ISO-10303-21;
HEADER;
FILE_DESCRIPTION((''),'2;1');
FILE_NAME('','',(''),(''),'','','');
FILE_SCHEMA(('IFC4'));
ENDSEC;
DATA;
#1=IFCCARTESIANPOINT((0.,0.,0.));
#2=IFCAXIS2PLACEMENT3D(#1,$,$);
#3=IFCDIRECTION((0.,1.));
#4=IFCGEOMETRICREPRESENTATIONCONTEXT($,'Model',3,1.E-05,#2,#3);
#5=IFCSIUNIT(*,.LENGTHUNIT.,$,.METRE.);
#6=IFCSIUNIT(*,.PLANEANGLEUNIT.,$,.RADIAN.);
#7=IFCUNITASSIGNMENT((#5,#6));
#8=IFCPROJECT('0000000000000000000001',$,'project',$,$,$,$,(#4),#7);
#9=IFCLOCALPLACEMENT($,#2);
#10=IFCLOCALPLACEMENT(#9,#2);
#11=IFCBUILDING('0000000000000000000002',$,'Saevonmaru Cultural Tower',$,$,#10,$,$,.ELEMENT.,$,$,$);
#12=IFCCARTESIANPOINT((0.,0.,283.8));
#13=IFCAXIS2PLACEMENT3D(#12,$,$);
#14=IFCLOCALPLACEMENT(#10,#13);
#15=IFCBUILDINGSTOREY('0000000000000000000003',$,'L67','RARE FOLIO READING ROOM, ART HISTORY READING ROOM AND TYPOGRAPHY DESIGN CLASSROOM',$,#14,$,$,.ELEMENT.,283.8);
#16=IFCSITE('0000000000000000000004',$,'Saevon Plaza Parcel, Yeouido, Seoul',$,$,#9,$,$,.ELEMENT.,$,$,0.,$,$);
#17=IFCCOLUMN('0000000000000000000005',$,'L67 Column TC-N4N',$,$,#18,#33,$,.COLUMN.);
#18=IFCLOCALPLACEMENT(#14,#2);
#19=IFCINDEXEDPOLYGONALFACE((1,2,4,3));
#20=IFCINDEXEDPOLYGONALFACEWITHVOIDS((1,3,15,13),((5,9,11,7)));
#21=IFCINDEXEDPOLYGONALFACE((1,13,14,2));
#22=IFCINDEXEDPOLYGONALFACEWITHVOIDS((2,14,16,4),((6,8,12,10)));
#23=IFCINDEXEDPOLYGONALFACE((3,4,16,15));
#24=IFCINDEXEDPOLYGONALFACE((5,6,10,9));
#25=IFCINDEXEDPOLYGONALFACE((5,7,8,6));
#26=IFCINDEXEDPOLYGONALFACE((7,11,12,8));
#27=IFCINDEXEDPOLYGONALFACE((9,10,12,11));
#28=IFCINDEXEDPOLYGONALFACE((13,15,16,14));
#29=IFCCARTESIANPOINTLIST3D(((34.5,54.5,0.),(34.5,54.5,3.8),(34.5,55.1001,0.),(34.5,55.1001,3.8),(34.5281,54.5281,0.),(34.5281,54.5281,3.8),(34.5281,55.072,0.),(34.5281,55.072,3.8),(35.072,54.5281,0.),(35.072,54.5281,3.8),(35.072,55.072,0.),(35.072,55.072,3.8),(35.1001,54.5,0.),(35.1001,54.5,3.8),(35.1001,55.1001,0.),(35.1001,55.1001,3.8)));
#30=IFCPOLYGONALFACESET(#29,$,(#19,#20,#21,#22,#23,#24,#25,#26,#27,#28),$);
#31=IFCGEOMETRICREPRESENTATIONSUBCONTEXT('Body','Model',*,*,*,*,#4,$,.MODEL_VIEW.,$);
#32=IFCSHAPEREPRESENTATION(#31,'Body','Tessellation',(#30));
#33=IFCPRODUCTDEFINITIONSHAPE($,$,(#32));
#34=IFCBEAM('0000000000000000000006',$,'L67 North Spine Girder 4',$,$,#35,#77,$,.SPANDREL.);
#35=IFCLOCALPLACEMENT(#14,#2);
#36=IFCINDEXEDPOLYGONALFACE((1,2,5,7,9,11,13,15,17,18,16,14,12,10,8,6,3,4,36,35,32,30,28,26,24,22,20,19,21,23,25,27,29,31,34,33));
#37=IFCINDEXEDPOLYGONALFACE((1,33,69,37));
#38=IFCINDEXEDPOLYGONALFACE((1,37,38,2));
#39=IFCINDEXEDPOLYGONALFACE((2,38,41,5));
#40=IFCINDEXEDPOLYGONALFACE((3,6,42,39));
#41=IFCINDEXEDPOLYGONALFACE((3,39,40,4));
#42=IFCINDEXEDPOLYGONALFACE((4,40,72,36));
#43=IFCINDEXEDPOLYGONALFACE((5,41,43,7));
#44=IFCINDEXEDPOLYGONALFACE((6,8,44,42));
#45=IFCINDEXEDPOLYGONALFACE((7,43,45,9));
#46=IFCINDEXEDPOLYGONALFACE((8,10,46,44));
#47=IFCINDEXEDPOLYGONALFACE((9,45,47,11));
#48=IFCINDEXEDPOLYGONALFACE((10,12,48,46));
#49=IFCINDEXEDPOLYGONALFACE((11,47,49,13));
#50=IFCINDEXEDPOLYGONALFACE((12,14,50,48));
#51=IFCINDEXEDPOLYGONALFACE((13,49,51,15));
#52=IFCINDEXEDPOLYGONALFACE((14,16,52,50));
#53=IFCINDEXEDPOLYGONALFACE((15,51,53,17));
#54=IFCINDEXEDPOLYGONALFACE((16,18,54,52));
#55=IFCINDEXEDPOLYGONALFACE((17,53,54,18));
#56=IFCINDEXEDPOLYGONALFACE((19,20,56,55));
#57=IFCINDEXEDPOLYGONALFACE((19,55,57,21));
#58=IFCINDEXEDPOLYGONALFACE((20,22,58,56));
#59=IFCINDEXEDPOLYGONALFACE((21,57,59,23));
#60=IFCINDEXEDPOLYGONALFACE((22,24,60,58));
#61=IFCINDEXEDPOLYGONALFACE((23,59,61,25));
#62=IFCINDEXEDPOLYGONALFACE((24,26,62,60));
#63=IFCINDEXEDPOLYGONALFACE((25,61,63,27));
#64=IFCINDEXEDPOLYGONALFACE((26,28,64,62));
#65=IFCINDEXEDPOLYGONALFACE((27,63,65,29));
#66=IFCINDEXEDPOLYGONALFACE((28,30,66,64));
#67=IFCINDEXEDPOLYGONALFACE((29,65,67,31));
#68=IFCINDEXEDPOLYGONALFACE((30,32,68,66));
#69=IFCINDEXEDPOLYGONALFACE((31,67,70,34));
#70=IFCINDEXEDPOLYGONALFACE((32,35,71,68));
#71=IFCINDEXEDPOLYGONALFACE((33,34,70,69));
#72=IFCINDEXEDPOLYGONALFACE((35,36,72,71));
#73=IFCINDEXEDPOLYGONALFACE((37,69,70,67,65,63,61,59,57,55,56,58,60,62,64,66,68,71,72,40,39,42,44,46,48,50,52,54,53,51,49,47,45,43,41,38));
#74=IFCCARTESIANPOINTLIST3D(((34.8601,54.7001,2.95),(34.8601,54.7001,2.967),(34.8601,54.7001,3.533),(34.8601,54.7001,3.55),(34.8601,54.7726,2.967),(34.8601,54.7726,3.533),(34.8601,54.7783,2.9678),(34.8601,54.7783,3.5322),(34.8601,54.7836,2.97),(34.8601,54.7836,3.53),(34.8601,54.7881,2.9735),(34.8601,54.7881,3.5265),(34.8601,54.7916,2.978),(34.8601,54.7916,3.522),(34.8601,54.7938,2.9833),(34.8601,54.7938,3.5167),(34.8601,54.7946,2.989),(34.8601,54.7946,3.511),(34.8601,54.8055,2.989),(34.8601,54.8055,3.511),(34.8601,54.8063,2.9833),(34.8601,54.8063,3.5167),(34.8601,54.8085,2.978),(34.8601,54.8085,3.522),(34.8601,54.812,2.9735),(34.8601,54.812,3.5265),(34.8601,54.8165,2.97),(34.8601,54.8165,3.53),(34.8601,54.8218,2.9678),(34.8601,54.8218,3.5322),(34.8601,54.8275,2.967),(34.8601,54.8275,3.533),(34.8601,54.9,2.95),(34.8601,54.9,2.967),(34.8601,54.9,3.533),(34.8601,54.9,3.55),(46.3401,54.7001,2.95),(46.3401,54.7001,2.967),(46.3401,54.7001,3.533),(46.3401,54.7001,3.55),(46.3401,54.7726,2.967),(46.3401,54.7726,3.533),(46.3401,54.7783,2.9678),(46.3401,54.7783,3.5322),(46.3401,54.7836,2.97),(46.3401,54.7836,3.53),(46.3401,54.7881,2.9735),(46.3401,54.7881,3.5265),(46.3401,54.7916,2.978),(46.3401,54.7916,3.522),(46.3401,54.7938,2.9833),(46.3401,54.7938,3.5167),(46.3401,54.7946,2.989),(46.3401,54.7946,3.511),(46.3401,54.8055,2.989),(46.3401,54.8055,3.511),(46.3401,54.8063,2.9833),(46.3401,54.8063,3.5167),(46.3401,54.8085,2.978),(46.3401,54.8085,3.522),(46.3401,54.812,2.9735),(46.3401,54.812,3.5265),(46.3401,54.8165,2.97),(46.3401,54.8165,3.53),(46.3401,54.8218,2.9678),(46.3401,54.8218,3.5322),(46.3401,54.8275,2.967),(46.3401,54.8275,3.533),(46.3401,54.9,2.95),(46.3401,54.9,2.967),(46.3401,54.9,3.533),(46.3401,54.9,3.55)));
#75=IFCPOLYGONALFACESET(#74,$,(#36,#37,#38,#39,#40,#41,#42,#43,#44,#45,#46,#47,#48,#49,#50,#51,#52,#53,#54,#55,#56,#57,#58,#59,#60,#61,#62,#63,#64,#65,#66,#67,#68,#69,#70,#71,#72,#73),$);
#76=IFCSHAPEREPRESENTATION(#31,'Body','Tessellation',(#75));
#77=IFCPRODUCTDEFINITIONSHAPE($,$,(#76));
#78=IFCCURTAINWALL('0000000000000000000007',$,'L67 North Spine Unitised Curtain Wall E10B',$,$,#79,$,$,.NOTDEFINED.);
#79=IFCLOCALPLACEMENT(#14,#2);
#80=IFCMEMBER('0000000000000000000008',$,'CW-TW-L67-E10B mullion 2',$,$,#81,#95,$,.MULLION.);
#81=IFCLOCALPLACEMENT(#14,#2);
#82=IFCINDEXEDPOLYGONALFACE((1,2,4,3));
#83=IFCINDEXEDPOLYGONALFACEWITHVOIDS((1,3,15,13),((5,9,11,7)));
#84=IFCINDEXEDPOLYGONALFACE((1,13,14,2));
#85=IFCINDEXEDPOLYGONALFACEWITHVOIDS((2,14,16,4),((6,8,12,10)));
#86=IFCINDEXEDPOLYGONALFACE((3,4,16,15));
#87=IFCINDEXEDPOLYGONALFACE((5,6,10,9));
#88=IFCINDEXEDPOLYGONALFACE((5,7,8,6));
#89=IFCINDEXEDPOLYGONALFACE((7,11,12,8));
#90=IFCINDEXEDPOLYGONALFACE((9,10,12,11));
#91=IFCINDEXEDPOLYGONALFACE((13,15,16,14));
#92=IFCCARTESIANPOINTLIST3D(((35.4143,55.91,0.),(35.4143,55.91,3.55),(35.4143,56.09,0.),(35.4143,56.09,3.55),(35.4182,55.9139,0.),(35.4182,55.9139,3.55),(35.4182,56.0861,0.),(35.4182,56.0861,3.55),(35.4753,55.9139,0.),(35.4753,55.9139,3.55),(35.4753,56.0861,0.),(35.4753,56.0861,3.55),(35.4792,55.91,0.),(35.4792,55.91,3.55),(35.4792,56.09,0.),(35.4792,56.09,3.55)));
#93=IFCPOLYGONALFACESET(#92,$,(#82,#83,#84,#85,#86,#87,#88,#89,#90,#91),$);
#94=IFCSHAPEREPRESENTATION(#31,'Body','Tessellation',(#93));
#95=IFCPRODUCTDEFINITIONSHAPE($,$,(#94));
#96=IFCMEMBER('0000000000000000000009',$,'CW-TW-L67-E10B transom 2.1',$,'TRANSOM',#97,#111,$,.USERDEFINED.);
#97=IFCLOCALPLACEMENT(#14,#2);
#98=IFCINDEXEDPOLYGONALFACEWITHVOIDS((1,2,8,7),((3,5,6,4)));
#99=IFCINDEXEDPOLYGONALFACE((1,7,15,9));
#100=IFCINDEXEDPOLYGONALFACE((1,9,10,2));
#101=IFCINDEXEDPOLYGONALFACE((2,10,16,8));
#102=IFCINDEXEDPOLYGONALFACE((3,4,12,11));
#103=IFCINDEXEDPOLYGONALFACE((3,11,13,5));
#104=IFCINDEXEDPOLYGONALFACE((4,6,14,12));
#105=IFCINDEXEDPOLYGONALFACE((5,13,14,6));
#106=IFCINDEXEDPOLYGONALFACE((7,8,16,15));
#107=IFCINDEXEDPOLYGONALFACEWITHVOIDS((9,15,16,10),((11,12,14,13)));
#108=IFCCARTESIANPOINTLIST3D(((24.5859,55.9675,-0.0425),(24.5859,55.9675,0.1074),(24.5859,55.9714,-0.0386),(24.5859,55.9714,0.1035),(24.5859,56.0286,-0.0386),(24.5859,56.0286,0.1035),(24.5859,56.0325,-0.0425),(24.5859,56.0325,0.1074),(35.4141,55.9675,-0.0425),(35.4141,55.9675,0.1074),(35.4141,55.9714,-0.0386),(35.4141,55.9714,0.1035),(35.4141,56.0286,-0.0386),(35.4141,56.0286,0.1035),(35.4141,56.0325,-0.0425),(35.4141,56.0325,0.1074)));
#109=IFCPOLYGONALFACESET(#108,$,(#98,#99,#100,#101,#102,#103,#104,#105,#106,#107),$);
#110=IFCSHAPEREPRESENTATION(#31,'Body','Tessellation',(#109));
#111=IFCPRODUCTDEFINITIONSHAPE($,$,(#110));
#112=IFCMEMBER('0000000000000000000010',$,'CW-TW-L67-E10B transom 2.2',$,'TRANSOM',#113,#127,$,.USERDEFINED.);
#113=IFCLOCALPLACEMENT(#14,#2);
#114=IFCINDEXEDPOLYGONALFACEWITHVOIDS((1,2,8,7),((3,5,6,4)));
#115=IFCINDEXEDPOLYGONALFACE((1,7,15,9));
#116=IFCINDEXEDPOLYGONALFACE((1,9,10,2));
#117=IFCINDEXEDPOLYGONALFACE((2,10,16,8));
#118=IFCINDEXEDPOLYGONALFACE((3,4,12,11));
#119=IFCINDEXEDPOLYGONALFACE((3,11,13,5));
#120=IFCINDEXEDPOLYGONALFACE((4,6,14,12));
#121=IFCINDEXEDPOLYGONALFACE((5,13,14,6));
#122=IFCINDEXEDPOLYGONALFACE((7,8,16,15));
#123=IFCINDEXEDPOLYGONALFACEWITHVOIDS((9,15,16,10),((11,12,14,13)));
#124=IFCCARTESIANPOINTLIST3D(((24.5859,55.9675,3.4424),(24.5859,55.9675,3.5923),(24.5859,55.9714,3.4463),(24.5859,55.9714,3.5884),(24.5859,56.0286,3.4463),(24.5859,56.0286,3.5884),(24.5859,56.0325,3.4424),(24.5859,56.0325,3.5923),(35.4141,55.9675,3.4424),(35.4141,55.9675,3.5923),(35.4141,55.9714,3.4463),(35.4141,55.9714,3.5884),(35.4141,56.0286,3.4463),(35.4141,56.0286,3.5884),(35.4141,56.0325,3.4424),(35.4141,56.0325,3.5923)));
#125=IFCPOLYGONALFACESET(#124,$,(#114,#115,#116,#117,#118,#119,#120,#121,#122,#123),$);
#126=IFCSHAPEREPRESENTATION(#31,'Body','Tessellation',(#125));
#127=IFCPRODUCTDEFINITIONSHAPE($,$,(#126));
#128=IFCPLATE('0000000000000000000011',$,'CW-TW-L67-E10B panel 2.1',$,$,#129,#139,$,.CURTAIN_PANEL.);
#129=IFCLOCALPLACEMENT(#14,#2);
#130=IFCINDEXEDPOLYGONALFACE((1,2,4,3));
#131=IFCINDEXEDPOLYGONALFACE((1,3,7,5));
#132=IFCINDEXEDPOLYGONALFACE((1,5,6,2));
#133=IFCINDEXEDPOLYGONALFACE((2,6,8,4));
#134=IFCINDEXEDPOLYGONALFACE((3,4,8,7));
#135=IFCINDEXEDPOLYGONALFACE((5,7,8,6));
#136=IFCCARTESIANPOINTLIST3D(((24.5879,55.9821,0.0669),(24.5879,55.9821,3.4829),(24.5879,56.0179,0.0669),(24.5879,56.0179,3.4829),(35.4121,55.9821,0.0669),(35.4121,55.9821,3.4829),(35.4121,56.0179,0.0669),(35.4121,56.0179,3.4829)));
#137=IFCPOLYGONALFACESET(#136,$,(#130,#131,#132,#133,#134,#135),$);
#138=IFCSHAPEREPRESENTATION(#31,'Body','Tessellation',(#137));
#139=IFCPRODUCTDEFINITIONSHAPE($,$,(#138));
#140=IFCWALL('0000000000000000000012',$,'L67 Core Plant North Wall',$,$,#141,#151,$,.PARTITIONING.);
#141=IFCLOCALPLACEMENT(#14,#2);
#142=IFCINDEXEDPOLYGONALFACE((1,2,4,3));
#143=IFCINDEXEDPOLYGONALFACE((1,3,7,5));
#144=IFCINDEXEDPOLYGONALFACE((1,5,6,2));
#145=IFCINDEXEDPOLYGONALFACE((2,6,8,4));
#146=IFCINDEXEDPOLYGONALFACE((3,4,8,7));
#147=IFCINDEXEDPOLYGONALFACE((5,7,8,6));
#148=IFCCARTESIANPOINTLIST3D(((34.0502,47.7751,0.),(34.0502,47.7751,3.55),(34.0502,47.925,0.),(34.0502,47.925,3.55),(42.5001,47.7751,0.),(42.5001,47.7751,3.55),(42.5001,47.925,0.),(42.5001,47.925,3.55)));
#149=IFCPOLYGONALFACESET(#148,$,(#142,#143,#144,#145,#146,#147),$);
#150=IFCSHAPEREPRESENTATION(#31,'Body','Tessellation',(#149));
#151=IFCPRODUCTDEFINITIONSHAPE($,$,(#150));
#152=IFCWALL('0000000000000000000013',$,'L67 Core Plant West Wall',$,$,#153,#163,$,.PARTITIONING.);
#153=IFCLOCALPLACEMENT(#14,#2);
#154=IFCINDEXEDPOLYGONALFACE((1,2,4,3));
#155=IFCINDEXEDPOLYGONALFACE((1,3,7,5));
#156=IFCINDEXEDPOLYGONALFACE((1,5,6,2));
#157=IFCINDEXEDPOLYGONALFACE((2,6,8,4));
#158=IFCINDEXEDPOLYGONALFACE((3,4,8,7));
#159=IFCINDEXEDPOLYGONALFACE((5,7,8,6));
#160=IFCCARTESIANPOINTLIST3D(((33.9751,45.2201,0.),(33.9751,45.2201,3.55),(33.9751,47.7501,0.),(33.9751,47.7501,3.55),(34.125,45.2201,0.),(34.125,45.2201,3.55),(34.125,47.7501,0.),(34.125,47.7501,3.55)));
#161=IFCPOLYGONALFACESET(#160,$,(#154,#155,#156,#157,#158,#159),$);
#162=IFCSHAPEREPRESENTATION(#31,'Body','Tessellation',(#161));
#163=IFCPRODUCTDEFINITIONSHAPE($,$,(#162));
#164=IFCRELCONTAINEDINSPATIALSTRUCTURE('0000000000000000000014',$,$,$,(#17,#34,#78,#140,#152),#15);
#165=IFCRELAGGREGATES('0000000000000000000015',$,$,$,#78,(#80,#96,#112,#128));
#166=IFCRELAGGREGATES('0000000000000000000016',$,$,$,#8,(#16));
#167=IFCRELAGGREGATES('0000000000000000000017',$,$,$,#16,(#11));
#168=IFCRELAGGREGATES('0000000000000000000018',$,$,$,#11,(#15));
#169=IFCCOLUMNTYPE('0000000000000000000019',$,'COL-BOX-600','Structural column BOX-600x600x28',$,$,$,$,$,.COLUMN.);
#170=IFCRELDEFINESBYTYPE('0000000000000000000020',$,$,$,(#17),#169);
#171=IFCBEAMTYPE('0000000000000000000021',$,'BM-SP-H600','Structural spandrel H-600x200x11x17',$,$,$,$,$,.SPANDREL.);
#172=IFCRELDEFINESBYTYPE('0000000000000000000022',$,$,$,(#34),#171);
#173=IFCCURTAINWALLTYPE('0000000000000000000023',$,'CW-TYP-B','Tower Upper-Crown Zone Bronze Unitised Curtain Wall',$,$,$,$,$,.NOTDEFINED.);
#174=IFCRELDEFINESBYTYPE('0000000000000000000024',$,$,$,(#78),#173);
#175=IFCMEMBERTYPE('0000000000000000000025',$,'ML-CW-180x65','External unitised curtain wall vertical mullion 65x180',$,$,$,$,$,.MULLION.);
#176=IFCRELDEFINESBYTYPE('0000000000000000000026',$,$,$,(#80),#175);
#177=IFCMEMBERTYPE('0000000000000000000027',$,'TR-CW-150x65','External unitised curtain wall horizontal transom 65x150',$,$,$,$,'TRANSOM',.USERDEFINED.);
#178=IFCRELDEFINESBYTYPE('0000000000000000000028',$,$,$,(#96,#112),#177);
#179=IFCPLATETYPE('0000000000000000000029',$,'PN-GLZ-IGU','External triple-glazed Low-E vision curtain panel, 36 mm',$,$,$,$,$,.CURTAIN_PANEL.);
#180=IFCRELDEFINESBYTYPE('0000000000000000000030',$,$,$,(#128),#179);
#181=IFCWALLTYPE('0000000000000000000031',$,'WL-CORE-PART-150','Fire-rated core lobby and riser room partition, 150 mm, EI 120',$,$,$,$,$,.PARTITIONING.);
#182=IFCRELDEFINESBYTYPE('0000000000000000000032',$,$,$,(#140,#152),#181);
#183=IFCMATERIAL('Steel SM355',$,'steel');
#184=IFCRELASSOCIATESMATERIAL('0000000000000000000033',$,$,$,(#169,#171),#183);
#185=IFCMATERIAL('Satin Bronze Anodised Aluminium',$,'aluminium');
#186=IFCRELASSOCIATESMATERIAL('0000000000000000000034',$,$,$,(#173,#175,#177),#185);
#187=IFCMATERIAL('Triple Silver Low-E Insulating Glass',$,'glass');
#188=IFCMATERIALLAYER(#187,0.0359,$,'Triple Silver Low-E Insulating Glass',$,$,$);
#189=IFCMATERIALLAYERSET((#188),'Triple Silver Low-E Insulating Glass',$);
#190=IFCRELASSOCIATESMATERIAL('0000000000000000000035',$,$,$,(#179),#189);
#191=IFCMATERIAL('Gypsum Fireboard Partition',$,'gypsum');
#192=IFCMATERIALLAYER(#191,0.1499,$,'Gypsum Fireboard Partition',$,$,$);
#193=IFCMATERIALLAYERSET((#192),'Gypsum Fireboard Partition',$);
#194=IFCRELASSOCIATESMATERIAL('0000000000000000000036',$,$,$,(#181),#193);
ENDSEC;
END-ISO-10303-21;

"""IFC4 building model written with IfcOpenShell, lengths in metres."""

from ifc_helpers import new_model, si_unit, direction, frame, frame_2d, origin, origin_2d, place, context, subcontext, project, spatial, rectangle, hollow_rectangle, i_section, extrude, material, layer, layer_set, material_profile, profile_set, type_object, element, aggregate, save


model = new_model("IFC4")

# Units and contexts
model_context = context("Model", 3, precision=1e-05, world=origin(), true_north=direction((0.0, 1.0)))
body_context = subcontext(model_context, "Body", "Model", "MODEL_VIEW")
ifc_project = project(units=[si_unit("LENGTHUNIT", "METRE"), si_unit("PLANEANGLEUNIT", "RADIAN")], contexts=[model_context])

# Site, building, storey
site_placement = place(None, origin())
site = spatial("IfcSite", under=ifc_project, at=site_placement, Name="Saevon Plaza Parcel, Yeouido, Seoul", CompositionType="ELEMENT", RefElevation=0.0)
building_placement = place(site_placement, origin())
building = spatial("IfcBuilding", under=site, at=building_placement, Name="Saevonmaru Cultural Tower", CompositionType="ELEMENT")
storey_placement = place(building_placement, frame((0.0, 0.0, 283.8)))
storey = spatial("IfcBuildingStorey", under=building, at=storey_placement, Name="L67", Description="RARE FOLIO READING ROOM, ART HISTORY READING ROOM AND TYPOGRAPHY DESIGN CLASSROOM", CompositionType="ELEMENT", Elevation=283.8)

# Column
ifc_material_1 = material(Name="Steel SM355", Category="steel")
ifc_material_profile_1 = material_profile(ifc_material_1, hollow_rectangle(XDim=0.6001, YDim=0.6001, WallThickness=0.0281, at=origin_2d()), Name="BOX-600x600x28")
ifc_profile_set_1 = profile_set([ifc_material_profile_1], Name="Steel SM355")
column_type = type_object("IfcColumnType", Name="COL-BOX-600", Description="Structural column BOX-600x600x28", PredefinedType="COLUMN", material=ifc_profile_set_1)
column_placement = place(storey_placement, frame((34.8, 54.8, 0.0), z_axis=(0.0, 0.0, 1.0), x_axis=(1.0, 0.0, 0.0)))
element("IfcColumn", 1, at=column_placement, inside=storey, type_object=column_type, Name="L67 Column TC-N4N", PredefinedType="COLUMN", context=body_context, shape_type="SweptSolid", body=[
    extrude(hollow_rectangle(XDim=0.6001, YDim=0.6001, WallThickness=0.0281, at=origin_2d()), origin(), (0.0, 0.0, 1.0), 3.8),
])

# Beam
ifc_material_profile_2 = material_profile(ifc_material_1, i_section(OverallWidth=0.2, OverallDepth=0.6001, WebThickness=0.011, FlangeThickness=0.0171, FilletRadius=0.022, at=origin_2d()), Name="H-600x200x11x17")
ifc_profile_set_2 = profile_set([ifc_material_profile_2], Name="Steel SM355")
beam_type = type_object("IfcBeamType", Name="BM-SP-H600", Description="Structural spandrel H-600x200x11x17", PredefinedType="SPANDREL", material=ifc_profile_set_2)
beam_placement = place(storey_placement, frame((34.8601, 54.8, 3.25), z_axis=(1.0, 0.0, 0.0), x_axis=(0.0, 1.0, 0.0)))
element("IfcBeam", 2, at=beam_placement, inside=storey, type_object=beam_type, Name="L67 North Spine Girder 4", PredefinedType="SPANDREL", context=body_context, shape_type="SweptSolid", body=[
    extrude(i_section(OverallWidth=0.2, OverallDepth=0.6001, WebThickness=0.011, FlangeThickness=0.0171, FilletRadius=0.022, at=origin_2d()), origin(), (0.0, 0.0, 1.0), 11.48),
])

# Curtain wall, members, plate
ifc_material_2 = material(Name="Satin Bronze Anodised Aluminium", Category="aluminium")
curtain_wall_type = type_object("IfcCurtainWallType", Name="CW-TYP-B", Description="Tower Upper-Crown Zone Bronze Unitised Curtain Wall", PredefinedType="NOTDEFINED", material=ifc_material_2)
curtain_wall_placement = place(storey_placement, origin())
curtain_wall = element("IfcCurtainWall", 3, at=curtain_wall_placement, inside=storey, type_object=curtain_wall_type, Name="L67 North Spine Unitised Curtain Wall E10B", PredefinedType="NOTDEFINED")
ifc_material_profile_3 = material_profile(ifc_material_2, hollow_rectangle(XDim=0.0649, YDim=0.1799, WallThickness=0.0039, at=origin_2d()), Name="ALU-MULL-180x65x4")
ifc_profile_set_3 = profile_set([ifc_material_profile_3], Name="Satin Bronze Anodised Aluminium")
member_type_1 = type_object("IfcMemberType", Name="ML-CW-180x65", Description="External unitised curtain wall vertical mullion 65x180", PredefinedType="MULLION", material=ifc_profile_set_3)
member_1_placement = place(storey_placement, frame((35.4468, 56.0, 0.0), z_axis=(0.0, 0.0, 1.0), x_axis=(-1.0, 0.0, 0.0)))
member_1 = element("IfcMember", 4, at=member_1_placement, type_object=member_type_1, Name="CW-TW-L67-E10B mullion 2", PredefinedType="MULLION", context=body_context, shape_type="SweptSolid", body=[
    extrude(hollow_rectangle(XDim=0.0649, YDim=0.1799, WallThickness=0.0039, at=origin_2d()), origin(), (0.0, 0.0, 1.0), 3.55),
])
ifc_material_profile_4 = material_profile(ifc_material_2, hollow_rectangle(XDim=0.0649, YDim=0.1499, WallThickness=0.0039, at=origin_2d()), Name="ALU-TRAN-150x65x4")
ifc_profile_set_4 = profile_set([ifc_material_profile_4], Name="Satin Bronze Anodised Aluminium")
member_type_2 = type_object("IfcMemberType", Name="TR-CW-150x65", Description="External unitised curtain wall horizontal transom 65x150", ElementType="TRANSOM", PredefinedType="USERDEFINED", material=ifc_profile_set_4)
member_2_placement = place(storey_placement, frame((35.4141, 56.0, 0.0325), z_axis=(-1.0, 0.0, 0.0), x_axis=(0.0, -1.0, 0.0)))
member_2 = element("IfcMember", 5, at=member_2_placement, type_object=member_type_2, Name="CW-TW-L67-E10B transom 2.1", ObjectType="TRANSOM", PredefinedType="USERDEFINED", context=body_context, shape_type="SweptSolid", body=[
    extrude(hollow_rectangle(XDim=0.0649, YDim=0.1499, WallThickness=0.0039, at=origin_2d()), origin(), (0.0, 0.0, 1.0), 10.8281),
])
member_3_placement = place(storey_placement, frame((35.4141, 56.0, 3.5173), z_axis=(-1.0, 0.0, 0.0), x_axis=(0.0, -1.0, 0.0)))
member_3 = element("IfcMember", 6, at=member_3_placement, type_object=member_type_2, Name="CW-TW-L67-E10B transom 2.2", ObjectType="TRANSOM", PredefinedType="USERDEFINED", context=body_context, shape_type="SweptSolid", body=[
    extrude(hollow_rectangle(XDim=0.0649, YDim=0.1499, WallThickness=0.0039, at=origin_2d()), origin(), (0.0, 0.0, 1.0), 10.8281),
])
ifc_material_3 = material(Name="Triple Silver Low-E Insulating Glass", Category="glass")
ifc_layer_1 = layer(ifc_material_3, 0.0359, Name="Triple Silver Low-E Insulating Glass")
ifc_layer_set_1 = layer_set([ifc_layer_1], Name="Triple Silver Low-E Insulating Glass")
plate_type = type_object("IfcPlateType", Name="PN-GLZ-IGU", Description="External triple-glazed Low-E vision curtain panel, 36 mm", PredefinedType="CURTAIN_PANEL", material=ifc_layer_set_1)
plate_placement = place(storey_placement, frame((30.0, 56.0, 0.0669), z_axis=(0.0, 0.0, 1.0), x_axis=(-1.0, 0.0, 0.0)))
plate = element("IfcPlate", 7, at=plate_placement, type_object=plate_type, Name="CW-TW-L67-E10B panel 2.1", PredefinedType="CURTAIN_PANEL", context=body_context, shape_type="SweptSolid", body=[
    extrude(rectangle(XDim=10.8242, YDim=0.0359, at=origin_2d()), origin(), (0.0, 0.0, 1.0), 3.416),
])
aggregate(curtain_wall, [member_1, member_2, member_3, plate])

# Shared definitions
ifc_material_4 = material(Name="Gypsum Fireboard Partition", Category="gypsum")
ifc_layer_2 = layer(ifc_material_4, 0.1499, Name="Gypsum Fireboard Partition")
ifc_layer_set_2 = layer_set([ifc_layer_2], Name="Gypsum Fireboard Partition")
wall_type_1 = type_object("IfcWallType", Name="WL-CORE-PART-150", Description="Fire-rated core lobby and riser room partition, 150 mm, EI 120", PredefinedType="PARTITIONING", material=ifc_layer_set_2)

# Walls
wall_1_placement = place(storey_placement, frame((34.05, 47.8501, 0.0), z_axis=(0.0, 0.0, 1.0), x_axis=(1.0, 0.0, 0.0)))
element("IfcWall", 8, at=wall_1_placement, inside=storey, type_object=wall_type_1, Name="L67 Core Plant North Wall", PredefinedType="PARTITIONING", context=body_context, shape_type="SweptSolid", body=[
    extrude(rectangle(XDim=8.45, YDim=0.1499, at=frame_2d((4.2251, 0.0))), origin(), (0.0, 0.0, 1.0), 3.55),
])
wall_2_placement = place(storey_placement, frame((34.05, 45.22, 0.0), z_axis=(0.0, 0.0, 1.0), x_axis=(0.0, 1.0, 0.0)))
element("IfcWall", 9, at=wall_2_placement, inside=storey, type_object=wall_type_1, Name="L67 Core Plant West Wall", PredefinedType="PARTITIONING", context=body_context, shape_type="SweptSolid", body=[
    extrude(rectangle(XDim=2.53, YDim=0.1499, at=frame_2d((1.2651, 0.0))), origin(), (0.0, 0.0, 1.0), 3.55),
])

save(model, "model.ifc")
